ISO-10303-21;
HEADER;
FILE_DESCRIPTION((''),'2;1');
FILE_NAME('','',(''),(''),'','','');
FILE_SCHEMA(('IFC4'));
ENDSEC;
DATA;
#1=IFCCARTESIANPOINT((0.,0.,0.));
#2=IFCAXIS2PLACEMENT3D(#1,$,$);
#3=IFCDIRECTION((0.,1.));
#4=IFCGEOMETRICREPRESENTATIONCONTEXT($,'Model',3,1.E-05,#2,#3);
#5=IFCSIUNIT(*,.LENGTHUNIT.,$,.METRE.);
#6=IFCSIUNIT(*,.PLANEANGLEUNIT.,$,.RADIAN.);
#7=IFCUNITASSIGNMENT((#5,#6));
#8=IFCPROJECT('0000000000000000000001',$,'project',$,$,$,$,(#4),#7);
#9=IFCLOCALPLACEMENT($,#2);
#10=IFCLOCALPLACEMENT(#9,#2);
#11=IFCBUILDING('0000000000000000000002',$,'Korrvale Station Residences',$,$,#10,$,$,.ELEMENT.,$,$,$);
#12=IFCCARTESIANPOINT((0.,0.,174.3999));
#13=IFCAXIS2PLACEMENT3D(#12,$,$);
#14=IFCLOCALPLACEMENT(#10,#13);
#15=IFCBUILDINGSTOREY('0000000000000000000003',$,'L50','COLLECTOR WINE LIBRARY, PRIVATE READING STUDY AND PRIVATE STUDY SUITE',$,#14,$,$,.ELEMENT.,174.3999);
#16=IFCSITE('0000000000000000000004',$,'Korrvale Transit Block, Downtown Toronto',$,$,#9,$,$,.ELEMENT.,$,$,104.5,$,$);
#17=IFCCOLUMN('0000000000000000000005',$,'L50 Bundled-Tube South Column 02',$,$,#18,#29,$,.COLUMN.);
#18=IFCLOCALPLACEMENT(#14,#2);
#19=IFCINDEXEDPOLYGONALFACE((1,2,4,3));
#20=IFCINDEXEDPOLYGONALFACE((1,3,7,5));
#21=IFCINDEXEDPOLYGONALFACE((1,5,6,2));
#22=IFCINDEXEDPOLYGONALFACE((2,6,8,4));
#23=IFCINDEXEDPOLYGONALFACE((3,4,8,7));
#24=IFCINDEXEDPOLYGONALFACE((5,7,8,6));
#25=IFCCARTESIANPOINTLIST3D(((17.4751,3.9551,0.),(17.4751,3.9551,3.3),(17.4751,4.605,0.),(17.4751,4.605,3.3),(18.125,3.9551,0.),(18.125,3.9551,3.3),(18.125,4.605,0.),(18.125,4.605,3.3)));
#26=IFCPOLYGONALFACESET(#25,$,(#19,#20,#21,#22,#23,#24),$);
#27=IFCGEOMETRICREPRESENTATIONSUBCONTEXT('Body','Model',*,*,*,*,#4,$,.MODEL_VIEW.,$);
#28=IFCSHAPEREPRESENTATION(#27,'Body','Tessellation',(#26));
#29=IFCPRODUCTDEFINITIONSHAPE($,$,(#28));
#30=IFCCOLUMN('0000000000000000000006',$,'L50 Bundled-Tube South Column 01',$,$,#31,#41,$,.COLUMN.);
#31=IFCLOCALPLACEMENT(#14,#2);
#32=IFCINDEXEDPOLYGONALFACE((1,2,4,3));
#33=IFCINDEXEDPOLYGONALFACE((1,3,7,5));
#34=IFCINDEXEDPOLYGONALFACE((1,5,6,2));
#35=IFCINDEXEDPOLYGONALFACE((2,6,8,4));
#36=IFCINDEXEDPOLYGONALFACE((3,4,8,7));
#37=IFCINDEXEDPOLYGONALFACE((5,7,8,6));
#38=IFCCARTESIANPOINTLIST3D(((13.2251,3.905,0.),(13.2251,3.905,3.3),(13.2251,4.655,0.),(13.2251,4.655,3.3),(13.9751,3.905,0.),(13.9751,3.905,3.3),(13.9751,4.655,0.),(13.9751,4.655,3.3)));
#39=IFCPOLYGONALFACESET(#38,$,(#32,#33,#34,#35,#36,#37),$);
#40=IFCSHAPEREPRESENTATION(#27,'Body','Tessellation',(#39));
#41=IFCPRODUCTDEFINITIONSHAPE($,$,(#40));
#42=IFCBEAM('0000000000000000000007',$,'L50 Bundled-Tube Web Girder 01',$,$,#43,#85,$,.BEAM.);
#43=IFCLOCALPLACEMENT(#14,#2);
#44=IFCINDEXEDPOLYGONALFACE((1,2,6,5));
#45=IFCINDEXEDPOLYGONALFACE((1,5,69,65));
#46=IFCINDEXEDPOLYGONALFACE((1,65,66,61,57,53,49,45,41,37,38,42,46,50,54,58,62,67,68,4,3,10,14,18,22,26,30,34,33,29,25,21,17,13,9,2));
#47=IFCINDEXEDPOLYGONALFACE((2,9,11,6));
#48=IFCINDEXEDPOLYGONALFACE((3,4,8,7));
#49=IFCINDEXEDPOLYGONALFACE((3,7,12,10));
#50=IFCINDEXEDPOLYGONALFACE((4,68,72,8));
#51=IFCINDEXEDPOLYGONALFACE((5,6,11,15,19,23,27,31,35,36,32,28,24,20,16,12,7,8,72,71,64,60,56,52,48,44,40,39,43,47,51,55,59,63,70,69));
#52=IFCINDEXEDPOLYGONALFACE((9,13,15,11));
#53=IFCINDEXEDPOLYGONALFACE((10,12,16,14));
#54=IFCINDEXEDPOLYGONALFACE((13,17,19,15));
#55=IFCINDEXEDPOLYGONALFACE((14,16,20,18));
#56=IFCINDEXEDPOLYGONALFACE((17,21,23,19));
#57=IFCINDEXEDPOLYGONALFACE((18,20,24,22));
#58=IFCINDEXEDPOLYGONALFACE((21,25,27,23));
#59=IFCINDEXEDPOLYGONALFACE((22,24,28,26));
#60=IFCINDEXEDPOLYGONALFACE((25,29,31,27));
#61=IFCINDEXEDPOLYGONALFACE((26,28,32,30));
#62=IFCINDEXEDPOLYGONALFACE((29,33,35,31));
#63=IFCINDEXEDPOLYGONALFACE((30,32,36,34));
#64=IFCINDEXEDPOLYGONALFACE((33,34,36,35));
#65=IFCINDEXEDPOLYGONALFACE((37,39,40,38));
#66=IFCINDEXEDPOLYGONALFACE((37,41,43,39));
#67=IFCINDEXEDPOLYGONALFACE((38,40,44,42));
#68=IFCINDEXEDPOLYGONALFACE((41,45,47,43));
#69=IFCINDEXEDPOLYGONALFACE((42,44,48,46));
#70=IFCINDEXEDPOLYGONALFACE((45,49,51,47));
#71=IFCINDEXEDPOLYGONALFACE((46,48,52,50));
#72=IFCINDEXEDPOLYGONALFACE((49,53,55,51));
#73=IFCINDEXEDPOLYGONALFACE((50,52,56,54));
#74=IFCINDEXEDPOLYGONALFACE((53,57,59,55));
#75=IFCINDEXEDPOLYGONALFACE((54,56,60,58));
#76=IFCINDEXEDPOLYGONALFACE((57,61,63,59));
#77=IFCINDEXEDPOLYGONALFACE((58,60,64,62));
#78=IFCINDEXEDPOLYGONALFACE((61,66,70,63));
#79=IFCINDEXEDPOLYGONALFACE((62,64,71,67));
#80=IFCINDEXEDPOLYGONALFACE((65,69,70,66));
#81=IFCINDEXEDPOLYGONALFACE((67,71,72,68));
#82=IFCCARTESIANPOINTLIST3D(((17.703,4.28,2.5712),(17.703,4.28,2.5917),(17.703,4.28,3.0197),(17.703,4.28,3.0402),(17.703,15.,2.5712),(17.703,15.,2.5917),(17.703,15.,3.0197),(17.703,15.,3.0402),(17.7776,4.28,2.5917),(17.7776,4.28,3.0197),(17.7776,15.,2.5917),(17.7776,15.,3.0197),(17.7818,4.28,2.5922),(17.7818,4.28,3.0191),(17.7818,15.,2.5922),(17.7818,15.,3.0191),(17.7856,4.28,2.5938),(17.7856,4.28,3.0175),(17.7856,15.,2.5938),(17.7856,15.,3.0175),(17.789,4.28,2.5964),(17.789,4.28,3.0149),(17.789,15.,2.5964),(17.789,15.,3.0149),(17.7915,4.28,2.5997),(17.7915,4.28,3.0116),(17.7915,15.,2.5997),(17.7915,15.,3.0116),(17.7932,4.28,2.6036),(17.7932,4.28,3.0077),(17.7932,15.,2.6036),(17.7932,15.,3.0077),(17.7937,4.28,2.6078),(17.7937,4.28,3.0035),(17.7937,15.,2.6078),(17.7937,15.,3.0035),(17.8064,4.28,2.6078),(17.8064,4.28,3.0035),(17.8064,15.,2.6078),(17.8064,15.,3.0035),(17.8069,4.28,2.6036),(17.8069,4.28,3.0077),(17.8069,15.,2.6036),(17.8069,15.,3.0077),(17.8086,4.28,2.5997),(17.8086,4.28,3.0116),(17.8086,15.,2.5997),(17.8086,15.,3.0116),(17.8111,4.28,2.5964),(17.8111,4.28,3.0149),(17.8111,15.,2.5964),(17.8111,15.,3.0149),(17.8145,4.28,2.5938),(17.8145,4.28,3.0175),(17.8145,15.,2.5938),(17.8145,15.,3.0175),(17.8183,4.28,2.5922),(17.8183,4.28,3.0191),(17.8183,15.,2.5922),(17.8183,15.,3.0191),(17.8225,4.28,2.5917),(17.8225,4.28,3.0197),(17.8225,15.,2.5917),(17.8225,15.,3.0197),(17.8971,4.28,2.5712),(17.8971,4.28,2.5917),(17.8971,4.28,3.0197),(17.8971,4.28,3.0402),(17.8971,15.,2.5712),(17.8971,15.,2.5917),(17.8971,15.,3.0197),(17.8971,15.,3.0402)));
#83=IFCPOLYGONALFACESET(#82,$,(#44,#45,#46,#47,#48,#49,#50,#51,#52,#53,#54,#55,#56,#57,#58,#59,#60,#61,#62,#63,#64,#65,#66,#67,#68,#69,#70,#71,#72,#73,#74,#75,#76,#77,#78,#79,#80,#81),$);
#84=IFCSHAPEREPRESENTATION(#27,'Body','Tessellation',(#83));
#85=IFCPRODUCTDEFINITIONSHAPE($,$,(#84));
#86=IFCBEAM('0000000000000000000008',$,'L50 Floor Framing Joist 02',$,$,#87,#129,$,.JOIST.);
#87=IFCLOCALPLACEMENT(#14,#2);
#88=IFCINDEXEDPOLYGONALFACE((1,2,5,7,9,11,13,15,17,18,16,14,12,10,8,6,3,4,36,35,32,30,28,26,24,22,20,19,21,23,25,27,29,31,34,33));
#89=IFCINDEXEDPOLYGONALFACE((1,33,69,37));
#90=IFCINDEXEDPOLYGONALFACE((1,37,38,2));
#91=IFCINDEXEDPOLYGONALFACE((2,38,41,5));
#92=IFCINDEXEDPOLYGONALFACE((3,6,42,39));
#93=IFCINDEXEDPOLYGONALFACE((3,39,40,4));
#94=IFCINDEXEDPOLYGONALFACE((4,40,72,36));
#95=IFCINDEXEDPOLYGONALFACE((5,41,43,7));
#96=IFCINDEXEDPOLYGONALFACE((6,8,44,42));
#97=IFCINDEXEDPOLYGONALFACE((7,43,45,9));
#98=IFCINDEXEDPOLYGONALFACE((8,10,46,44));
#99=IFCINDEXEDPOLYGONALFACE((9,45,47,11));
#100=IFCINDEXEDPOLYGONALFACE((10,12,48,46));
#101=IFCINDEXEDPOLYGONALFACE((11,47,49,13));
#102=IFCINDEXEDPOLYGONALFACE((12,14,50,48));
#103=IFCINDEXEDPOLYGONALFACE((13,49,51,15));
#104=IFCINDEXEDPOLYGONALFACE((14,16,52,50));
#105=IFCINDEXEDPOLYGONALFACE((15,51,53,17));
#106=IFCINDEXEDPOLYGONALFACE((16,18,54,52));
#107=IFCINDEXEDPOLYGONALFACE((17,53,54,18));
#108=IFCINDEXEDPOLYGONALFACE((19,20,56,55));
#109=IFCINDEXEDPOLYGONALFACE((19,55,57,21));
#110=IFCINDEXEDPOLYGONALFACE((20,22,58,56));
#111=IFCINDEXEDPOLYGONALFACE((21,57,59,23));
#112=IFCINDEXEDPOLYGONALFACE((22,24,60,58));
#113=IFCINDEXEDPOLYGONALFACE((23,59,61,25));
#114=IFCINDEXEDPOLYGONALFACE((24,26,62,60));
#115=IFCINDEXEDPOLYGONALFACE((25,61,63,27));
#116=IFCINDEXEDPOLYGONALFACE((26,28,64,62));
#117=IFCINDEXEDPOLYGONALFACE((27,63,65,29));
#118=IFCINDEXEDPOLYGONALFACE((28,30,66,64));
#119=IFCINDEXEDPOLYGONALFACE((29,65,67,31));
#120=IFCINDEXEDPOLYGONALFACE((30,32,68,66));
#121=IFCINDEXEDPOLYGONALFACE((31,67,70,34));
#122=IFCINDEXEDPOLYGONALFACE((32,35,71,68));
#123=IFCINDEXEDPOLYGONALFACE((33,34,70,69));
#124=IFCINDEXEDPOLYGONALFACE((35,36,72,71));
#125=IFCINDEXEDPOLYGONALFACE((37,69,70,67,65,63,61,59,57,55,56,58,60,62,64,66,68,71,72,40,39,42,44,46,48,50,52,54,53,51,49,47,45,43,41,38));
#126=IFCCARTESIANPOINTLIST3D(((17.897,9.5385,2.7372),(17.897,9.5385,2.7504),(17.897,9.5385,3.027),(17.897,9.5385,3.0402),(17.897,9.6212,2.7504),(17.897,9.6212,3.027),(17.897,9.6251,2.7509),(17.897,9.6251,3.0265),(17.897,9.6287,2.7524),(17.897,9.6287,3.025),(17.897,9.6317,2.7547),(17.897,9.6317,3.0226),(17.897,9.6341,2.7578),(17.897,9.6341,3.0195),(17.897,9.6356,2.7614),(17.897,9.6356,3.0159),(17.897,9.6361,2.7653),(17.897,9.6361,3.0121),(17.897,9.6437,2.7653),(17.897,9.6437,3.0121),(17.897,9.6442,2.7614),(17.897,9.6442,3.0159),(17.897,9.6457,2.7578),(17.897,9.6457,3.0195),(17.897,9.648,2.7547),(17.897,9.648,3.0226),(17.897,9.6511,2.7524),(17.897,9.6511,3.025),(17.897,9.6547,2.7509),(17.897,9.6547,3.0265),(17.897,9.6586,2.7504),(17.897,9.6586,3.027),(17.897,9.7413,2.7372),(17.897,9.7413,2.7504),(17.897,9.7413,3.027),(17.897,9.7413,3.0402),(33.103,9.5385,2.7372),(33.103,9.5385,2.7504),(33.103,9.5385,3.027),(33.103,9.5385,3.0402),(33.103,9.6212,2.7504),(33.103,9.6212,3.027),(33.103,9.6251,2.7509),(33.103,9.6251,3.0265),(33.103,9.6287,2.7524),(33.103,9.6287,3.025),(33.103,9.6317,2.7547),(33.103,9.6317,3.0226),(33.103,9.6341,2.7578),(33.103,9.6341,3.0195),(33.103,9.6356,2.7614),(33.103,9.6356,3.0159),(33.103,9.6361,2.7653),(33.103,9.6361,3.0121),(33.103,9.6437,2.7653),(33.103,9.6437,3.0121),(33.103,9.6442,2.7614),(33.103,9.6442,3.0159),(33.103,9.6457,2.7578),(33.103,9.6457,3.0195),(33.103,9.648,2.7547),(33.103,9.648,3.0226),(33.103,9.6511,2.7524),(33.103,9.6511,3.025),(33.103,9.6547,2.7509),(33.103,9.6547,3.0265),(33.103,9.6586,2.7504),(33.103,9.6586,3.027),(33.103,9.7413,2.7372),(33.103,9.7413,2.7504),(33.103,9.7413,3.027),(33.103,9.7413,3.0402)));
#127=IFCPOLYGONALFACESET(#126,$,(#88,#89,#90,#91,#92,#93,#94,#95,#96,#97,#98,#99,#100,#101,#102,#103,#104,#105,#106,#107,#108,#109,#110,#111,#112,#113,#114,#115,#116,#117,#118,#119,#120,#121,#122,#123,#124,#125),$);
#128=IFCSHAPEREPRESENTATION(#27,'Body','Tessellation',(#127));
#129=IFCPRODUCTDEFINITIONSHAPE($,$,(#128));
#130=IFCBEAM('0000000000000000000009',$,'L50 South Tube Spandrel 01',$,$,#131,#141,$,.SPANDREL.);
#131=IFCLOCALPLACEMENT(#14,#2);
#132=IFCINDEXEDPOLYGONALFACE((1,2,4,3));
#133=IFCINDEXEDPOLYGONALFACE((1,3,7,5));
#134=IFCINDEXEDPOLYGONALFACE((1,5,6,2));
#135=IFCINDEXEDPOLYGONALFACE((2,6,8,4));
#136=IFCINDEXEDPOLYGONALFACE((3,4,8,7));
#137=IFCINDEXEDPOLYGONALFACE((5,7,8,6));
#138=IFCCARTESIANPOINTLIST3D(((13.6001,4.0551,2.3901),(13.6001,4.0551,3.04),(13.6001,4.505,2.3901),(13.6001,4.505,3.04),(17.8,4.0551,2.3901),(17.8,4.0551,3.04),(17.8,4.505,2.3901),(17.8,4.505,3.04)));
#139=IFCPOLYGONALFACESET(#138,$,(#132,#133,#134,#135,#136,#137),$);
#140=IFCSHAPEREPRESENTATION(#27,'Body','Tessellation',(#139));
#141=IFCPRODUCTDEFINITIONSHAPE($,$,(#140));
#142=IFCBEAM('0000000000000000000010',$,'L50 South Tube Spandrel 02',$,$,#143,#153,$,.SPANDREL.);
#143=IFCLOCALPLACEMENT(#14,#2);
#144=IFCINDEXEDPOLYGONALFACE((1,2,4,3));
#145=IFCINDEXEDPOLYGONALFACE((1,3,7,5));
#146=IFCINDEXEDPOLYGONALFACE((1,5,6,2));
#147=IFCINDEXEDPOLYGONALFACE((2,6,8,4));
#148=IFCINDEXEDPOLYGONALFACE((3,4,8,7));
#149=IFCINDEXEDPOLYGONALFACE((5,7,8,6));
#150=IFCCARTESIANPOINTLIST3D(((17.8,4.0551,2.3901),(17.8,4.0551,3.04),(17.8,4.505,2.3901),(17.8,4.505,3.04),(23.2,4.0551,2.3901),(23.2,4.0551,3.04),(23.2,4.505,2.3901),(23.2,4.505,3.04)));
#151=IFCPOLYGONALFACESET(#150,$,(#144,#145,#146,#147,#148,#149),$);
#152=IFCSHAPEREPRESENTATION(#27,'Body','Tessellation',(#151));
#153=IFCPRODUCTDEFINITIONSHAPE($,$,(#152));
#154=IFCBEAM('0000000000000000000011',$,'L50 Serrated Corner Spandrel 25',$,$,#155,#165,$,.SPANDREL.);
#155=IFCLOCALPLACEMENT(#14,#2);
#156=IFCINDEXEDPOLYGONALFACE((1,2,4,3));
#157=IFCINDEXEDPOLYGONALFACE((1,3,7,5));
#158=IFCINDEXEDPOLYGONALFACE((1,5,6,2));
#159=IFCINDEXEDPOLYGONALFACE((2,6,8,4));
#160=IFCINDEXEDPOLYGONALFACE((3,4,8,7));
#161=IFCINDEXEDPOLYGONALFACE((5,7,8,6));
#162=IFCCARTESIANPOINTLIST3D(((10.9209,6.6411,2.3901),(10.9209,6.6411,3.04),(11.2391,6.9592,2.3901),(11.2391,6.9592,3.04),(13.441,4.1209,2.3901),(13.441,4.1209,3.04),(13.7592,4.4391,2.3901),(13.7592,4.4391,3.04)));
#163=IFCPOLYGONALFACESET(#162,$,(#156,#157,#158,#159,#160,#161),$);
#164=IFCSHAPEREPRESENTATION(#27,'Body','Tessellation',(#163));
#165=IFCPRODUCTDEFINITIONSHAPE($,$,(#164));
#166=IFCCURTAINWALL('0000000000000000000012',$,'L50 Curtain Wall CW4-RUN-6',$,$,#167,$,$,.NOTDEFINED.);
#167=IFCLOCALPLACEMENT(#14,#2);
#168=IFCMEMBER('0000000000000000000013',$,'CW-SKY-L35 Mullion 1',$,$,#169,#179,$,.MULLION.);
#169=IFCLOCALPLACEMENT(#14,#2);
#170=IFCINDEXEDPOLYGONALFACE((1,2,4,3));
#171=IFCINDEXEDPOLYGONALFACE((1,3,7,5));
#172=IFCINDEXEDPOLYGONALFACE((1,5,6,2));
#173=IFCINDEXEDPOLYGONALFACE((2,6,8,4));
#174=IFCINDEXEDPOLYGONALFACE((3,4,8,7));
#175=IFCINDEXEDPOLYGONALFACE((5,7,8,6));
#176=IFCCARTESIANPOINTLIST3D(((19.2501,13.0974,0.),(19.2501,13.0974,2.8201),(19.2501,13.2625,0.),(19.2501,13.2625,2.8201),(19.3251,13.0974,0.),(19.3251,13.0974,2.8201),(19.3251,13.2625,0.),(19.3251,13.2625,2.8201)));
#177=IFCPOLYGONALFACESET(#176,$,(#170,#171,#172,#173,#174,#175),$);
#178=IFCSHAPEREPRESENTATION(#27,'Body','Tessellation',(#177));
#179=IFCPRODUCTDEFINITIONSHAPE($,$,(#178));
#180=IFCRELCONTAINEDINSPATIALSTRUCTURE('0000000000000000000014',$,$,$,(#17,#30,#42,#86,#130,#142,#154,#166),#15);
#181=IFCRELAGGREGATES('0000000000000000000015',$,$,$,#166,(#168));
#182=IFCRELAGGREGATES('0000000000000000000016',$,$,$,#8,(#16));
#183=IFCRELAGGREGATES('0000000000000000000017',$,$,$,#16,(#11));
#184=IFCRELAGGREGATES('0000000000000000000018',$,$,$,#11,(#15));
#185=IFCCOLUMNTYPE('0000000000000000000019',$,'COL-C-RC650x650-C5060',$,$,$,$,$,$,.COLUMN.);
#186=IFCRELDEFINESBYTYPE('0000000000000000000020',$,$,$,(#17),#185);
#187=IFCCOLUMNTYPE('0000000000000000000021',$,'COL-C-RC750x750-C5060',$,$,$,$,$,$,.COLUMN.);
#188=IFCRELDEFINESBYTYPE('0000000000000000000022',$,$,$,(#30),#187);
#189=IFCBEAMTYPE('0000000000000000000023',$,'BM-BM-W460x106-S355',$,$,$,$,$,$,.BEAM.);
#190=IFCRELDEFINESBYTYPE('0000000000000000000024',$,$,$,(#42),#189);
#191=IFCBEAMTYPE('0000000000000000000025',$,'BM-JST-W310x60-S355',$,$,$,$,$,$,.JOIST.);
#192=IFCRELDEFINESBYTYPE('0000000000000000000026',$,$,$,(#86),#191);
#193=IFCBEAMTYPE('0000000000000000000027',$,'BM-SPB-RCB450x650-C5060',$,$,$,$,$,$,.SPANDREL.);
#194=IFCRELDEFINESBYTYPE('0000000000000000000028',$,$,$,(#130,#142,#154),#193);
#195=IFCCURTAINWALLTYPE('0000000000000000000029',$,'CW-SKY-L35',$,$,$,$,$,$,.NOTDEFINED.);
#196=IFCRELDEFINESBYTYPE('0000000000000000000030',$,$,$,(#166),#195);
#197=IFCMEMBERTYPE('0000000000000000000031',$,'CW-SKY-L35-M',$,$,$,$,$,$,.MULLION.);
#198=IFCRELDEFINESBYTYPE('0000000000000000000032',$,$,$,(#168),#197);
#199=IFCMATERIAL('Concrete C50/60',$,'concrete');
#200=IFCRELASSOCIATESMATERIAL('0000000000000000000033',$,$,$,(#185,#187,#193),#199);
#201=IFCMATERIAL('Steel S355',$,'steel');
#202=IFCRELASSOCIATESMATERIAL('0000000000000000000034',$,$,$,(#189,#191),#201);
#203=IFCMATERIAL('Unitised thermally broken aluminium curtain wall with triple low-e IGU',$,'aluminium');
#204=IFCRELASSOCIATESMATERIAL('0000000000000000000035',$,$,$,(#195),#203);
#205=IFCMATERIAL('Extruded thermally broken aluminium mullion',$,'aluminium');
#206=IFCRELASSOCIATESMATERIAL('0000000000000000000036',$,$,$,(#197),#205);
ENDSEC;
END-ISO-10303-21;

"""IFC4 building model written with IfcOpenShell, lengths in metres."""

from ifc_helpers import new_model, si_unit, direction, frame, origin, origin_2d, place, context, subcontext, project, spatial, rectangle, i_section, extrude, material, material_profile, profile_set, type_object, element, aggregate, save


model = new_model("IFC4")

# Units and contexts
model_context = context("Model", 3, precision=1e-05, world=origin(), true_north=direction((0.0, 1.0)))
body_context = subcontext(model_context, "Body", "Model", "MODEL_VIEW")
ifc_project = project(units=[si_unit("LENGTHUNIT", "METRE"), si_unit("PLANEANGLEUNIT", "RADIAN")], contexts=[model_context])

# Site, building, storey
site_placement = place(None, origin())
site = spatial("IfcSite", under=ifc_project, at=site_placement, Name="Korrvale Transit Block, Downtown Toronto", CompositionType="ELEMENT", RefElevation=104.5)
building_placement = place(site_placement, origin())
building = spatial("IfcBuilding", under=site, at=building_placement, Name="Korrvale Station Residences", CompositionType="ELEMENT")
storey_placement = place(building_placement, frame((0.0, 0.0, 174.3999)))
storey = spatial("IfcBuildingStorey", under=building, at=storey_placement, Name="L50", Description="COLLECTOR WINE LIBRARY, PRIVATE READING STUDY AND PRIVATE STUDY SUITE", CompositionType="ELEMENT", Elevation=174.3999)

# Columns
ifc_material_1 = material(Name="Concrete C50/60", Category="concrete")
ifc_material_profile_1 = material_profile(ifc_material_1, rectangle(XDim=0.6499, YDim=0.6499, at=origin_2d()), Name="RC650x650")
ifc_profile_set_1 = profile_set([ifc_material_profile_1], Name="Concrete C50/60")
column_type_1 = type_object("IfcColumnType", Name="COL-C-RC650x650-C5060", PredefinedType="COLUMN", material=ifc_profile_set_1)
column_1_placement = place(storey_placement, frame((17.8, 4.28, 0.0), z_axis=(0.0, 0.0, 1.0), x_axis=(1.0, 0.0, 0.0)))
element("IfcColumn", 1, at=column_1_placement, inside=storey, type_object=column_type_1, Name="L50 Bundled-Tube South Column 02", PredefinedType="COLUMN", context=body_context, shape_type="SweptSolid", body=[
    extrude(rectangle(XDim=0.6499, YDim=0.6499, at=origin_2d()), origin(), (0.0, 0.0, 1.0), 3.3),
])
ifc_material_profile_2 = material_profile(ifc_material_1, rectangle(XDim=0.75, YDim=0.75, at=origin_2d()), Name="RC750x750")
ifc_profile_set_2 = profile_set([ifc_material_profile_2], Name="Concrete C50/60")
column_type_2 = type_object("IfcColumnType", Name="COL-C-RC750x750-C5060", PredefinedType="COLUMN", material=ifc_profile_set_2)
column_2_placement = place(storey_placement, frame((13.6001, 4.28, 0.0), z_axis=(0.0, 0.0, 1.0), x_axis=(1.0, 0.0, 0.0)))
element("IfcColumn", 2, at=column_2_placement, inside=storey, type_object=column_type_2, Name="L50 Bundled-Tube South Column 01", PredefinedType="COLUMN", context=body_context, shape_type="SweptSolid", body=[
    extrude(rectangle(XDim=0.75, YDim=0.75, at=origin_2d()), origin(), (0.0, 0.0, 1.0), 3.3),
])

# Beams
ifc_material_2 = material(Name="Steel S355", Category="steel")
ifc_material_profile_3 = material_profile(ifc_material_2, i_section(OverallWidth=0.1941, OverallDepth=0.469, WebThickness=0.0127, FlangeThickness=0.0205, FilletRadius=0.0161, at=origin_2d()), Name="W460x106")
ifc_profile_set_3 = profile_set([ifc_material_profile_3], Name="Steel S355")
beam_type_1 = type_object("IfcBeamType", Name="BM-BM-W460x106-S355", PredefinedType="BEAM", material=ifc_profile_set_3)
beam_1_placement = place(storey_placement, frame((17.8, 4.28, 2.8057), z_axis=(0.0, 1.0, 0.0), x_axis=(-1.0, 0.0, 0.0)))
element("IfcBeam", 3, at=beam_1_placement, inside=storey, type_object=beam_type_1, Name="L50 Bundled-Tube Web Girder 01", PredefinedType="BEAM", context=body_context, shape_type="SweptSolid", body=[
    extrude(i_section(OverallWidth=0.1941, OverallDepth=0.469, WebThickness=0.0127, FlangeThickness=0.0205, FilletRadius=0.0161, at=origin_2d()), origin(), (0.0, 0.0, 1.0), 10.72),
])
ifc_material_profile_4 = material_profile(ifc_material_2, i_section(OverallWidth=0.2029, OverallDepth=0.303, WebThickness=0.0076, FlangeThickness=0.0132, FilletRadius=0.0149, at=origin_2d()), Name="W310x60")
ifc_profile_set_4 = profile_set([ifc_material_profile_4], Name="Steel S355")
beam_type_2 = type_object("IfcBeamType", Name="BM-JST-W310x60-S355", PredefinedType="JOIST", material=ifc_profile_set_4)
beam_2_placement = place(storey_placement, frame((17.897, 9.6399, 2.8887), z_axis=(1.0, 0.0, 0.0), x_axis=(0.0, 1.0, 0.0)))
element("IfcBeam", 4, at=beam_2_placement, inside=storey, type_object=beam_type_2, Name="L50 Floor Framing Joist 02", PredefinedType="JOIST", context=body_context, shape_type="SweptSolid", body=[
    extrude(i_section(OverallWidth=0.2029, OverallDepth=0.303, WebThickness=0.0076, FlangeThickness=0.0132, FilletRadius=0.0149, at=origin_2d()), origin(), (0.0, 0.0, 1.0), 15.2061),
])
ifc_material_profile_5 = material_profile(ifc_material_1, rectangle(XDim=0.45, YDim=0.6499, at=origin_2d()), Name="RCB450x650")
ifc_profile_set_5 = profile_set([ifc_material_profile_5], Name="Concrete C50/60")
beam_type_3 = type_object("IfcBeamType", Name="BM-SPB-RCB450x650-C5060", PredefinedType="SPANDREL", material=ifc_profile_set_5)
beam_3_placement = place(storey_placement, frame((13.6001, 4.28, 2.7151), z_axis=(1.0, 0.0, 0.0), x_axis=(0.0, 1.0, 0.0)))
element("IfcBeam", 5, at=beam_3_placement, inside=storey, type_object=beam_type_3, Name="L50 South Tube Spandrel 01", PredefinedType="SPANDREL", context=body_context, shape_type="SweptSolid", body=[
    extrude(rectangle(XDim=0.45, YDim=0.6499, at=origin_2d()), origin(), (0.0, 0.0, 1.0), 4.2),
])
beam_4_placement = place(storey_placement, frame((17.8, 4.28, 2.7151), z_axis=(1.0, 0.0, 0.0), x_axis=(0.0, 1.0, 0.0)))
element("IfcBeam", 6, at=beam_4_placement, inside=storey, type_object=beam_type_3, Name="L50 South Tube Spandrel 02", PredefinedType="SPANDREL", context=body_context, shape_type="SweptSolid", body=[
    extrude(rectangle(XDim=0.45, YDim=0.6499, at=origin_2d()), origin(), (0.0, 0.0, 1.0), 5.3999),
])
beam_5_placement = place(storey_placement, frame((13.6001, 4.28, 2.7151), z_axis=(-0.707107, 0.707107, 0.0), x_axis=(-0.707107, -0.707107, 0.0)))
element("IfcBeam", 7, at=beam_5_placement, inside=storey, type_object=beam_type_3, Name="L50 Serrated Corner Spandrel 25", PredefinedType="SPANDREL", context=body_context, shape_type="SweptSolid", body=[
    extrude(rectangle(XDim=0.45, YDim=0.6499, at=origin_2d()), origin(), (0.0, 0.0, 1.0), 3.564),
])

# Curtain wall, member
ifc_material_3 = material(Name="Unitised thermally broken aluminium curtain wall with triple low-e IGU", Category="aluminium")
curtain_wall_type = type_object("IfcCurtainWallType", Name="CW-SKY-L35", PredefinedType="NOTDEFINED", material=ifc_material_3)
curtain_wall_placement = place(storey_placement, origin())
curtain_wall = element("IfcCurtainWall", 8, at=curtain_wall_placement, inside=storey, type_object=curtain_wall_type, Name="L50 Curtain Wall CW4-RUN-6", PredefinedType="NOTDEFINED")
ifc_material_4 = material(Name="Extruded thermally broken aluminium mullion", Category="aluminium")
member_type_1 = type_object("IfcMemberType", Name="CW-SKY-L35-M", PredefinedType="MULLION", material=ifc_material_4)
member_1_placement = place(storey_placement, frame((19.2876, 13.1799, 0.0), z_axis=(0.0, 0.0, 1.0), x_axis=(1.0, 0.0, 0.0)))
member_1 = element("IfcMember", 9, at=member_1_placement, type_object=member_type_1, Name="CW-SKY-L35 Mullion 1", PredefinedType="MULLION", context=body_context, shape_type="SweptSolid", body=[
    extrude(rectangle(XDim=0.075, YDim=0.165, at=origin_2d()), origin(), (0.0, 0.0, 1.0), 2.8201),
])
aggregate(curtain_wall, [member_1])

save(model, "model.ifc")
